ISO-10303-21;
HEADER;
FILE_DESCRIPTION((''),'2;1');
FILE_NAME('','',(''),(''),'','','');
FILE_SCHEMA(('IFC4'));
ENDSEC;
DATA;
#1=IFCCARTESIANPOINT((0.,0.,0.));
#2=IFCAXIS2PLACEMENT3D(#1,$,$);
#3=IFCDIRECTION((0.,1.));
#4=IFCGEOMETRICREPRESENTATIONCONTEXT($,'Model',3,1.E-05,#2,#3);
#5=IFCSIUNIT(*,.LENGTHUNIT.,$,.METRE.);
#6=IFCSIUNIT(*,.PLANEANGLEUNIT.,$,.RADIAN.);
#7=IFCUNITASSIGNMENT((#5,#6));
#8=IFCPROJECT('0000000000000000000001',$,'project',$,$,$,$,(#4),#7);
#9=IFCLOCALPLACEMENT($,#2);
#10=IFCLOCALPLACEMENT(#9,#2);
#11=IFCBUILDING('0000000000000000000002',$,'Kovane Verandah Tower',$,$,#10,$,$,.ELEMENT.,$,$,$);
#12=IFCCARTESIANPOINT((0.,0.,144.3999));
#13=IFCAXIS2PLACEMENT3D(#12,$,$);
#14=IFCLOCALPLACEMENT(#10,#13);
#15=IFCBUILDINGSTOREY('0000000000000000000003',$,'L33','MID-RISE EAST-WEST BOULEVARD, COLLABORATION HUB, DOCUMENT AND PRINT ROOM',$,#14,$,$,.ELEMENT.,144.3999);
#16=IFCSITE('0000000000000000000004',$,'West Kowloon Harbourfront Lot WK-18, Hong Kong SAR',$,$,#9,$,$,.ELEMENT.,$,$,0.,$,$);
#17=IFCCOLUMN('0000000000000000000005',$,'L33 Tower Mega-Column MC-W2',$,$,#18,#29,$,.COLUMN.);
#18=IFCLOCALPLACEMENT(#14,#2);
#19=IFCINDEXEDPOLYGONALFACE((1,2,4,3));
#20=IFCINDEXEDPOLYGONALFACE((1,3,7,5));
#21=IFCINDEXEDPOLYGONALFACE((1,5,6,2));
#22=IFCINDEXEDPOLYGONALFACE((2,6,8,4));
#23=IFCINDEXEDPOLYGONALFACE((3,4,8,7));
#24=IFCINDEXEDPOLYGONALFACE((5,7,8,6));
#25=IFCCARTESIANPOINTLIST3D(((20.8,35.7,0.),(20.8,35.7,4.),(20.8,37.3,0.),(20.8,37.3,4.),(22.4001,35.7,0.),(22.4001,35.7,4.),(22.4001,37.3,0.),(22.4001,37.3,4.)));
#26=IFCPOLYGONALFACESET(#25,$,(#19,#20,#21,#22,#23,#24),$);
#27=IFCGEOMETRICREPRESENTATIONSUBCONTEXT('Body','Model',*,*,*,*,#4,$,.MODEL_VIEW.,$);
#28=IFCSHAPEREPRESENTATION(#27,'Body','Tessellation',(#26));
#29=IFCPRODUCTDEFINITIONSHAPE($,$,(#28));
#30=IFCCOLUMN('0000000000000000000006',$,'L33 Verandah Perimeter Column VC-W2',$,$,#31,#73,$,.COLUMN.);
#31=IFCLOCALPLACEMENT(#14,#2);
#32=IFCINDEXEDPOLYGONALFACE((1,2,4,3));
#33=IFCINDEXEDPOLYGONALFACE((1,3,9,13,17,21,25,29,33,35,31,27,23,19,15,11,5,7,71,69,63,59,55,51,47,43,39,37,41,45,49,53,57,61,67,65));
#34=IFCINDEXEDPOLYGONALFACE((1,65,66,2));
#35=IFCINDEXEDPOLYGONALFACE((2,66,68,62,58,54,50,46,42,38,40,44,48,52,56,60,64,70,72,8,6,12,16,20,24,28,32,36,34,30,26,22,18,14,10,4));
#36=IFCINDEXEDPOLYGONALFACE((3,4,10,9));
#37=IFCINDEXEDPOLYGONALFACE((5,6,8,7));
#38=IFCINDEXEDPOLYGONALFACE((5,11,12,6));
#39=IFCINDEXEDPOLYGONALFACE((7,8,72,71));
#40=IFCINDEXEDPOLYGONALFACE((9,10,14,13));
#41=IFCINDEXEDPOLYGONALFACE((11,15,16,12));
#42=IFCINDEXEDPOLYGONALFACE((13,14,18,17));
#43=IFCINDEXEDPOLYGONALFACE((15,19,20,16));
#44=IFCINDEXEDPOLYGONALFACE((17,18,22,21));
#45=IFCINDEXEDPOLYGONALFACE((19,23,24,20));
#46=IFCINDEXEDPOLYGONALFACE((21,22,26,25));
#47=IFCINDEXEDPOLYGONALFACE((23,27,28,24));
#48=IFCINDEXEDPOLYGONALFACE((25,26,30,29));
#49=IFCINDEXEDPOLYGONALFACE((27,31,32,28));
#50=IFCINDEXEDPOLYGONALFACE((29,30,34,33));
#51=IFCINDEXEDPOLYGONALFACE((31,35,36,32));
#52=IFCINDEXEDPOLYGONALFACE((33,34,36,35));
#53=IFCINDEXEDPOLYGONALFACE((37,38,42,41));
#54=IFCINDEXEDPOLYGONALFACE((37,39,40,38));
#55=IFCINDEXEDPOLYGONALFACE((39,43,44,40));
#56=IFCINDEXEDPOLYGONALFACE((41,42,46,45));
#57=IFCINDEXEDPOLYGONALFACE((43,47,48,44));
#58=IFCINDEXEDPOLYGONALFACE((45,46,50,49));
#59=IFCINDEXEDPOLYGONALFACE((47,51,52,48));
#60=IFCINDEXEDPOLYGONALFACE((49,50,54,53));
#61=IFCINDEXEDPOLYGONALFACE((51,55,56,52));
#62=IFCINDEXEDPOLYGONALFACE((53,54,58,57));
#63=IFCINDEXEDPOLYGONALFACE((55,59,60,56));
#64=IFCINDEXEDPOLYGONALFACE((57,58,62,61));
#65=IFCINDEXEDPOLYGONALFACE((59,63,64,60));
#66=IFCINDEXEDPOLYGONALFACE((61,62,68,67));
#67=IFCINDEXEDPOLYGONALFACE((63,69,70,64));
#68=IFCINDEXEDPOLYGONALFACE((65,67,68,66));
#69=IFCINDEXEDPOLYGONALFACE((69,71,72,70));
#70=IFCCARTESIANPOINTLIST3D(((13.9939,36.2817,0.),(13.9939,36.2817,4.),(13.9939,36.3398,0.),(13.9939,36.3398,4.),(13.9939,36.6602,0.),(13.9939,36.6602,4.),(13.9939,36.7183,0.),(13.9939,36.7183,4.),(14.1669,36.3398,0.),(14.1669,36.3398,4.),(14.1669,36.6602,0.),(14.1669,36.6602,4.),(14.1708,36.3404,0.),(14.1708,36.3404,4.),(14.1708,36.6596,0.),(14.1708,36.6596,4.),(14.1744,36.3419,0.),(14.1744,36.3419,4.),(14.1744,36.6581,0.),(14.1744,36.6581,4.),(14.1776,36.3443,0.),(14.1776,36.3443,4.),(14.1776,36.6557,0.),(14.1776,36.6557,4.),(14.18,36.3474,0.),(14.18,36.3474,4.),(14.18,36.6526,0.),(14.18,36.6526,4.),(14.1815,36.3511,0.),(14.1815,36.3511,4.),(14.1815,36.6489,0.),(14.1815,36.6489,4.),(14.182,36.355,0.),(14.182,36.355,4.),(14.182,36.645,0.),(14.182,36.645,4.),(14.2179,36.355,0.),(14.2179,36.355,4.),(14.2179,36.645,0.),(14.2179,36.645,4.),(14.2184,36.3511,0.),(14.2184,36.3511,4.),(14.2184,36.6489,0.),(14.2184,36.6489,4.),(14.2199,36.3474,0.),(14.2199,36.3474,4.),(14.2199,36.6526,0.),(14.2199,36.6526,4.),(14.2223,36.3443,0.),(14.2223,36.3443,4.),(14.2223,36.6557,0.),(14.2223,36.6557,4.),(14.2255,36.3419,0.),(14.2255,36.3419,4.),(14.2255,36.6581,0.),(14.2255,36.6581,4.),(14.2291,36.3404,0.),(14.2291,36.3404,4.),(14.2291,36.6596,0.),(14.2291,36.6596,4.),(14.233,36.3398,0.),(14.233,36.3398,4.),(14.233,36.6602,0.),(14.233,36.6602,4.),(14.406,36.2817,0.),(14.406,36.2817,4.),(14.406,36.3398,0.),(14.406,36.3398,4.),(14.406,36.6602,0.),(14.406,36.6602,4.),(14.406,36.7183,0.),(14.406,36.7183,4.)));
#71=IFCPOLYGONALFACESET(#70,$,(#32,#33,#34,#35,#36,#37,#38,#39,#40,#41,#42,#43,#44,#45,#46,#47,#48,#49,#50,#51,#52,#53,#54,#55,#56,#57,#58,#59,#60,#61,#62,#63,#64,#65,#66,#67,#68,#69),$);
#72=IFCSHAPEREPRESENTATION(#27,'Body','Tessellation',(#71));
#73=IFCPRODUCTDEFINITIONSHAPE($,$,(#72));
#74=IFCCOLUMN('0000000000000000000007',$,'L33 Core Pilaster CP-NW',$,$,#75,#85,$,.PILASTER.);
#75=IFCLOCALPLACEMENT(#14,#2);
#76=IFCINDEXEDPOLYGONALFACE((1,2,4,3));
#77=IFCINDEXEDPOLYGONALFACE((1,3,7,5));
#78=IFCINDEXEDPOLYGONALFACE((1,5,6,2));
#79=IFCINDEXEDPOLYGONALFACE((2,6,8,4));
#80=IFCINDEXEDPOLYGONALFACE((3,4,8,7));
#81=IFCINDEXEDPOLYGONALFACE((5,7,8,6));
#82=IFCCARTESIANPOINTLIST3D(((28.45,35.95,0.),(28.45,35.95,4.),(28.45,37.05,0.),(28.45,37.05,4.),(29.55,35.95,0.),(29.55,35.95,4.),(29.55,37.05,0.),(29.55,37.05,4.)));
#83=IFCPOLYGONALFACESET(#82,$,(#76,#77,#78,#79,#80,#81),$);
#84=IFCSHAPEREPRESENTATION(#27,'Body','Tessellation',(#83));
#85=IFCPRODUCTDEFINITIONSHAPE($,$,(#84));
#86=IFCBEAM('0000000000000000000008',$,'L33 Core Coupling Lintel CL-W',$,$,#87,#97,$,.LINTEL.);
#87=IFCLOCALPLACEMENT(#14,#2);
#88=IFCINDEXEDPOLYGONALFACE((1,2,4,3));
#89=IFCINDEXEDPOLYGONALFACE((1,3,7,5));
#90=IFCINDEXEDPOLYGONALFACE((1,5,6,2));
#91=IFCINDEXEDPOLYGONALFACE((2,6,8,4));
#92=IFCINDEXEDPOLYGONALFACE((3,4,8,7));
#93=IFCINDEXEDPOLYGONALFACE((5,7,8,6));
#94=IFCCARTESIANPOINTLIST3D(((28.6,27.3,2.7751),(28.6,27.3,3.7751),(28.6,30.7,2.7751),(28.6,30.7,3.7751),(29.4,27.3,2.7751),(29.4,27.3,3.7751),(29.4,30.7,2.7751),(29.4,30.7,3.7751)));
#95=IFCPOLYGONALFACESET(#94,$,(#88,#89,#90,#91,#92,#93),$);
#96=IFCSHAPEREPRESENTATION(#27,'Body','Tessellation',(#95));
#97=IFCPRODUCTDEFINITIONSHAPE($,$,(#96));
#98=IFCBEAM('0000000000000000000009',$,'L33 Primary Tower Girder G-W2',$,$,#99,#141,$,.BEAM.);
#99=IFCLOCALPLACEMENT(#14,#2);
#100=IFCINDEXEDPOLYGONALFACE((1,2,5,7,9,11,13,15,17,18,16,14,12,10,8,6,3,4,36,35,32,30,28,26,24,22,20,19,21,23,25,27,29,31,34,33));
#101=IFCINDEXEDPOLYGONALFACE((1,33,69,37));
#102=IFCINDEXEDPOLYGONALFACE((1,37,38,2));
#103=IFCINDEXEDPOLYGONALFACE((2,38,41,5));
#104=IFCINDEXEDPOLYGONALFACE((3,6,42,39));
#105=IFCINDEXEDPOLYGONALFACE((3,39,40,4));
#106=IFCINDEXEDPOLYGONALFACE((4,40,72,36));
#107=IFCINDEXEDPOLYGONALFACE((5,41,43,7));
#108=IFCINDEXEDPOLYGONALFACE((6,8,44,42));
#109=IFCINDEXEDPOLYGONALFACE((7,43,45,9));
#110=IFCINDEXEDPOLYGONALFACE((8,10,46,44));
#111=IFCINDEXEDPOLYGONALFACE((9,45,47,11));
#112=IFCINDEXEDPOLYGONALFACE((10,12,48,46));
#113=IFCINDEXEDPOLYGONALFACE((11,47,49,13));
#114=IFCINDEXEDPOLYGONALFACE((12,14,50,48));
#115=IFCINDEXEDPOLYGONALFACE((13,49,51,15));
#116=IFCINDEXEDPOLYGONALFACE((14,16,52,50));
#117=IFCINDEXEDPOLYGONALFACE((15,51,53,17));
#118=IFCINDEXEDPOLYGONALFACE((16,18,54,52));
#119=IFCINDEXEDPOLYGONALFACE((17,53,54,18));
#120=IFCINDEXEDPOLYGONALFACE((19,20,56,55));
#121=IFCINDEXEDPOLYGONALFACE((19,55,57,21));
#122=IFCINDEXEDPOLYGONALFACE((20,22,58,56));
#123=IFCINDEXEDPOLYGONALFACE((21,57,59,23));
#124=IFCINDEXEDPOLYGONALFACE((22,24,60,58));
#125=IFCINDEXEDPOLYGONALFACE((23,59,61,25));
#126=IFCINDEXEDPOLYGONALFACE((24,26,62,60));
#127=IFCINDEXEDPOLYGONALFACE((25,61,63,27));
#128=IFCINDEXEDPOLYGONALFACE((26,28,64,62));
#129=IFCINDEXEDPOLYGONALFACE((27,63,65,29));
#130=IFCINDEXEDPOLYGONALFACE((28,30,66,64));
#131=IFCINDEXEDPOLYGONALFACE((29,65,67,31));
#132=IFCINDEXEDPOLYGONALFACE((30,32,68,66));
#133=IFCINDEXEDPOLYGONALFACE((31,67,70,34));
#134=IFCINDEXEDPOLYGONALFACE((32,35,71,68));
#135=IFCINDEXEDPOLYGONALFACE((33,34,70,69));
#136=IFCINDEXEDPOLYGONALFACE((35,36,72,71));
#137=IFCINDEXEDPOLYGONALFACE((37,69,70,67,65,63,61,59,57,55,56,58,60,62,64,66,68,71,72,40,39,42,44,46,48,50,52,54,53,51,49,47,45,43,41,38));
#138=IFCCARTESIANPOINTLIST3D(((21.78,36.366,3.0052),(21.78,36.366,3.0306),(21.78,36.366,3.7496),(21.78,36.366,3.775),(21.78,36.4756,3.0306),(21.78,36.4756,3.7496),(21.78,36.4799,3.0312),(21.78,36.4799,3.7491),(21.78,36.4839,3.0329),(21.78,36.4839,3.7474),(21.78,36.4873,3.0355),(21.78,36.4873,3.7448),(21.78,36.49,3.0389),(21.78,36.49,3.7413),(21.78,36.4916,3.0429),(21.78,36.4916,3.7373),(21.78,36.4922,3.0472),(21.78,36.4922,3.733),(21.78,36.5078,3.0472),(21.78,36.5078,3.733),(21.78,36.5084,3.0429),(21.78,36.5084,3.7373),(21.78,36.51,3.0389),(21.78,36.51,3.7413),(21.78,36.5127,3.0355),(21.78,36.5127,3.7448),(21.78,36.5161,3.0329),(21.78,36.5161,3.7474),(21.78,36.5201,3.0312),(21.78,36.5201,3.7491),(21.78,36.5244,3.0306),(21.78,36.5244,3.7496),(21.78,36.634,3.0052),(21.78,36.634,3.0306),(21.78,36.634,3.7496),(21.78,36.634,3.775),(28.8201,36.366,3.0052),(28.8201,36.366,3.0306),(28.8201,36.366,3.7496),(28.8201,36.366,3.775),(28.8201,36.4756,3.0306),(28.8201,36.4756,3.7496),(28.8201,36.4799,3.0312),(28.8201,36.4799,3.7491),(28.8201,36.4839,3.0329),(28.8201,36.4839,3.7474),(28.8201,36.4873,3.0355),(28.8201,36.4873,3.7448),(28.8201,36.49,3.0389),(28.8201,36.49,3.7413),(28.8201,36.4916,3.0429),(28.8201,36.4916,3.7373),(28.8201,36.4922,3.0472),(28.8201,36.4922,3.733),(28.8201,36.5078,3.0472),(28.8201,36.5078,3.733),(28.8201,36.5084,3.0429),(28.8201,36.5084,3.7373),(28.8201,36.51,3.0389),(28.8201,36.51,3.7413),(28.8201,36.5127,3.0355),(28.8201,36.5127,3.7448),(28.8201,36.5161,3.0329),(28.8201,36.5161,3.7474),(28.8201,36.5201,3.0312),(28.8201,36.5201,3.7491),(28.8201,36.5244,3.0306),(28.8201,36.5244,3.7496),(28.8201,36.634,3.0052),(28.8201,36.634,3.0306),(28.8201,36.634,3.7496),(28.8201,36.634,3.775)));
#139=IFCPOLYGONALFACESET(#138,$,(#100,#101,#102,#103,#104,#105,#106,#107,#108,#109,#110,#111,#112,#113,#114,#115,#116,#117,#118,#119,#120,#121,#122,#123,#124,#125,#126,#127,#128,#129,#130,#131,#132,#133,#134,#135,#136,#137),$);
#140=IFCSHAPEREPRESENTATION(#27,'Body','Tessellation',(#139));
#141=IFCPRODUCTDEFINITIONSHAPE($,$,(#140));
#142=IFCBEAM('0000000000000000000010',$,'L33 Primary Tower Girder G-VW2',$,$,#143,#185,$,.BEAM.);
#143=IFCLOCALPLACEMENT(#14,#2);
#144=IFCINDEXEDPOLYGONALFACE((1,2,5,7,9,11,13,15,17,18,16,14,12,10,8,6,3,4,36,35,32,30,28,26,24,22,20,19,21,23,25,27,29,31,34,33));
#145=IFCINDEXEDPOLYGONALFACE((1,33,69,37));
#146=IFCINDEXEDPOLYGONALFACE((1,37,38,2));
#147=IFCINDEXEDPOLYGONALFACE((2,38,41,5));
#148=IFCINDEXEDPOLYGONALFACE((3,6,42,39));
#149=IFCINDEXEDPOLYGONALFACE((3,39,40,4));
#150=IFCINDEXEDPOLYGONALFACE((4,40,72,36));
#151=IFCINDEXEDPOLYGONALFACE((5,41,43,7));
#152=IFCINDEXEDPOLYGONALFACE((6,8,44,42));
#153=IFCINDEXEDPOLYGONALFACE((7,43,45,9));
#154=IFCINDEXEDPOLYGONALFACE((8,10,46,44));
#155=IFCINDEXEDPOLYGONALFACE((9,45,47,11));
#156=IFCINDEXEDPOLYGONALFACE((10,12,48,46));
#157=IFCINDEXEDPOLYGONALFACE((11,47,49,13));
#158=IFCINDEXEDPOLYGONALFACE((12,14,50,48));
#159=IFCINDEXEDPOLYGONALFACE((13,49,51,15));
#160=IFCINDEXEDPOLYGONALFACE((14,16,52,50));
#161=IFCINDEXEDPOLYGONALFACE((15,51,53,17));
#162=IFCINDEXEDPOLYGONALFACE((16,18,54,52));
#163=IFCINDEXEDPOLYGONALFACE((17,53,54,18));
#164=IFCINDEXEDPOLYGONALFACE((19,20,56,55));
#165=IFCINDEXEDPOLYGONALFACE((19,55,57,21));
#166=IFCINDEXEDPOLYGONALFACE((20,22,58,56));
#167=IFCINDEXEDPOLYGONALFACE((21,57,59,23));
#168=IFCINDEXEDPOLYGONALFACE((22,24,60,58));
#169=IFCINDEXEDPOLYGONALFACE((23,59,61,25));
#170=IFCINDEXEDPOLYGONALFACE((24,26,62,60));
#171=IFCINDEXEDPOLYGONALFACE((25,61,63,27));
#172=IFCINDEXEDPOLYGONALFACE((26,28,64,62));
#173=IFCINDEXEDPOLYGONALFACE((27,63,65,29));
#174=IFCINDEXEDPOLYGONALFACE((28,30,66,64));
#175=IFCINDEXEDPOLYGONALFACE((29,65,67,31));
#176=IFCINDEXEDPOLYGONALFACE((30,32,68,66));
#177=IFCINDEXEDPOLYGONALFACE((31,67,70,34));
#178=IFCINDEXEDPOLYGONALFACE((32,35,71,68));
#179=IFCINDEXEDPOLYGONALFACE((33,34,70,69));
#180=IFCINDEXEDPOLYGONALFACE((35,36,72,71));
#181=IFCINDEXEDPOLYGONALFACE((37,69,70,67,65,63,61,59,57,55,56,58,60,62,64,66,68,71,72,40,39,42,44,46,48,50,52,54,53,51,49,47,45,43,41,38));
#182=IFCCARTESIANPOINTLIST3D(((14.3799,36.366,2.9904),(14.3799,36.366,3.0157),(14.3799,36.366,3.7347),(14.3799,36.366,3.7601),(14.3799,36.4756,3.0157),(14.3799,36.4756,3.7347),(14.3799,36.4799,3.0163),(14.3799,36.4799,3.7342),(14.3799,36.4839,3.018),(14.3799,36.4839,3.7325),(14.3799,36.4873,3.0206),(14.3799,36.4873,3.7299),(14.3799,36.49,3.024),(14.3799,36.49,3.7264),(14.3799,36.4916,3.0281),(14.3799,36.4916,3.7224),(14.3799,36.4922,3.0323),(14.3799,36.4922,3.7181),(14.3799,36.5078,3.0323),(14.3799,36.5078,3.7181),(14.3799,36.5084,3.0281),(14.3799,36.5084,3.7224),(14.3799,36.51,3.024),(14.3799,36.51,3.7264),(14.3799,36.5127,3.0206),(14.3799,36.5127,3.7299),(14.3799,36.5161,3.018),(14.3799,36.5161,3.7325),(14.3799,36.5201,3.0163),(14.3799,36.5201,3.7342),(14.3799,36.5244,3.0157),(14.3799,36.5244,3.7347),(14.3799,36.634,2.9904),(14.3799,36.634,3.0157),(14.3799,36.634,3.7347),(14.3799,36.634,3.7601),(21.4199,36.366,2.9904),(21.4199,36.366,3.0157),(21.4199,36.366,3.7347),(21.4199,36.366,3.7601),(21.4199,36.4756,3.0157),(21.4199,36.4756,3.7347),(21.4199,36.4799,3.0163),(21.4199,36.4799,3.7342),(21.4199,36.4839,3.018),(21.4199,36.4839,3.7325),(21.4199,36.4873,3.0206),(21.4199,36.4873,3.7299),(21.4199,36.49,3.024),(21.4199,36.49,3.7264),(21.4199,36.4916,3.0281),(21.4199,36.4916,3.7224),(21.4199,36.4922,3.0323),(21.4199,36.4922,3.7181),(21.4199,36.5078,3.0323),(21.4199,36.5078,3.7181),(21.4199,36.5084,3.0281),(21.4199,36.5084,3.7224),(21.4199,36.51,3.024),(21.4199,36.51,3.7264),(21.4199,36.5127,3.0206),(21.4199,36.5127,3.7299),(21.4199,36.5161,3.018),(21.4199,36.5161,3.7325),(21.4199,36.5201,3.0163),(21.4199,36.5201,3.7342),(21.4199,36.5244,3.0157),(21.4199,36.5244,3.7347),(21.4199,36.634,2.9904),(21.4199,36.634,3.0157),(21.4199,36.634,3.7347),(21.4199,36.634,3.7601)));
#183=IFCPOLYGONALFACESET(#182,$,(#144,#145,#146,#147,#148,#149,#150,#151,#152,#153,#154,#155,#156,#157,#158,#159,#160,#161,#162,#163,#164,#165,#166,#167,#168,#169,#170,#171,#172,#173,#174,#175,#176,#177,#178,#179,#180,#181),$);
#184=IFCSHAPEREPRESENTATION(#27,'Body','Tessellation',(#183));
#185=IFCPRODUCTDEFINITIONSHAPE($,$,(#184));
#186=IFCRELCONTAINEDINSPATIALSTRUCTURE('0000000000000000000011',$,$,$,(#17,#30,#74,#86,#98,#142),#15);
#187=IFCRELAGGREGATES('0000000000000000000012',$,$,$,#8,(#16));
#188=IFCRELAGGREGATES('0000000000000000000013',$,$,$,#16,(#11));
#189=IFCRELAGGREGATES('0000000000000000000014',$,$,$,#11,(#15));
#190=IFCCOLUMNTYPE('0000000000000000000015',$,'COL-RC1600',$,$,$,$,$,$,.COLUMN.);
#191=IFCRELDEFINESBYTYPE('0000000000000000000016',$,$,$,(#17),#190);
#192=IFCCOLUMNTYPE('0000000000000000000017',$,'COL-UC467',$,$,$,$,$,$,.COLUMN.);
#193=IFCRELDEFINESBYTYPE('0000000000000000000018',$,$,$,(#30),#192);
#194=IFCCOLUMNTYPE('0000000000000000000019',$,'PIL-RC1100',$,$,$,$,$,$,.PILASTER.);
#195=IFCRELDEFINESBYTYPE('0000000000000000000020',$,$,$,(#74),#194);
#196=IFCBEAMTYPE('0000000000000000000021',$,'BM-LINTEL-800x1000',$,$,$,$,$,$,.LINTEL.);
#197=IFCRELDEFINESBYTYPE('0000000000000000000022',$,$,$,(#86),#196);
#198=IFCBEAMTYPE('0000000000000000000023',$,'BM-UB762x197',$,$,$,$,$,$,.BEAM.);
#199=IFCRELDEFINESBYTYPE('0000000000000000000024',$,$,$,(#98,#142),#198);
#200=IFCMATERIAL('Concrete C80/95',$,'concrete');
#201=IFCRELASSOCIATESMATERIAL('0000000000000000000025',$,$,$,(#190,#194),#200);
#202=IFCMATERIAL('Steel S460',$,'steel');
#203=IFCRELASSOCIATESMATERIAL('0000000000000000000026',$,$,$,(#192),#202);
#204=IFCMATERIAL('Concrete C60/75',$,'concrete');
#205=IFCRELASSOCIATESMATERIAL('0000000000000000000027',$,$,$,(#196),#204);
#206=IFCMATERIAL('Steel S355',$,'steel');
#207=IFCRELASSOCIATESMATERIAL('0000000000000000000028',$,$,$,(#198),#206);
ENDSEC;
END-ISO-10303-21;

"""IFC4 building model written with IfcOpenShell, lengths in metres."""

from ifc_helpers import new_model, si_unit, direction, frame, origin, origin_2d, place, context, subcontext, project, spatial, rectangle, i_section, extrude, material, material_profile, profile_set, type_object, element, save


model = new_model("IFC4")

# Units and contexts
model_context = context("Model", 3, precision=1e-05, world=origin(), true_north=direction((0.0, 1.0)))
body_context = subcontext(model_context, "Body", "Model", "MODEL_VIEW")
ifc_project = project(units=[si_unit("LENGTHUNIT", "METRE"), si_unit("PLANEANGLEUNIT", "RADIAN")], contexts=[model_context])

# Site, building, storey
site_placement = place(None, origin())
site = spatial("IfcSite", under=ifc_project, at=site_placement, Name="West Kowloon Harbourfront Lot WK-18, Hong Kong SAR", CompositionType="ELEMENT", RefElevation=0.0)
building_placement = place(site_placement, origin())
building = spatial("IfcBuilding", under=site, at=building_placement, Name="Kovane Verandah Tower", CompositionType="ELEMENT")
storey_placement = place(building_placement, frame((0.0, 0.0, 144.3999)))
storey = spatial("IfcBuildingStorey", under=building, at=storey_placement, Name="L33", Description="MID-RISE EAST-WEST BOULEVARD, COLLABORATION HUB, DOCUMENT AND PRINT ROOM", CompositionType="ELEMENT", Elevation=144.3999)

# Columns
ifc_material_1 = material(Name="Concrete C80/95", Category="concrete")
ifc_material_profile_1 = material_profile(ifc_material_1, rectangle(XDim=1.6001, YDim=1.6001, at=origin_2d()), Name="RC1600x1600")
ifc_profile_set_1 = profile_set([ifc_material_profile_1], Name="Concrete C80/95")
column_type_1 = type_object("IfcColumnType", Name="COL-RC1600", PredefinedType="COLUMN", material=ifc_profile_set_1)
column_1_placement = place(storey_placement, frame((21.6001, 36.5, 0.0), z_axis=(0.0, 0.0, 1.0), x_axis=(1.0, 0.0, 0.0)))
element("IfcColumn", 1, at=column_1_placement, inside=storey, type_object=column_type_1, Name="L33 Tower Mega-Column MC-W2", PredefinedType="COLUMN", context=body_context, shape_type="SweptSolid", body=[
    extrude(rectangle(XDim=1.6001, YDim=1.6001, at=origin_2d()), origin(), (0.0, 0.0, 1.0), 4.0),
])
ifc_material_2 = material(Name="Steel S460", Category="steel")
ifc_material_profile_2 = material_profile(ifc_material_2, i_section(OverallWidth=0.4121, OverallDepth=0.4365, WebThickness=0.0359, FlangeThickness=0.0581, FilletRadius=0.0151, at=origin_2d()), Name="UC356x406x467")
ifc_profile_set_2 = profile_set([ifc_material_profile_2], Name="Steel S460")
column_type_2 = type_object("IfcColumnType", Name="COL-UC467", PredefinedType="COLUMN", material=ifc_profile_set_2)
column_2_placement = place(storey_placement, frame((14.2, 36.5, 0.0), z_axis=(0.0, 0.0, 1.0), x_axis=(1.0, 0.0, 0.0)))
element("IfcColumn", 2, at=column_2_placement, inside=storey, type_object=column_type_2, Name="L33 Verandah Perimeter Column VC-W2", PredefinedType="COLUMN", context=body_context, shape_type="SweptSolid", body=[
    extrude(i_section(OverallWidth=0.4121, OverallDepth=0.4365, WebThickness=0.0359, FlangeThickness=0.0581, FilletRadius=0.0151, at=origin_2d()), origin(), (0.0, 0.0, 1.0), 4.0),
])
ifc_material_profile_3 = material_profile(ifc_material_1, rectangle(XDim=1.1001, YDim=1.1001, at=origin_2d()), Name="RC1100x1100")
ifc_profile_set_3 = profile_set([ifc_material_profile_3], Name="Concrete C80/95")
column_type_3 = type_object("IfcColumnType", Name="PIL-RC1100", PredefinedType="PILASTER", material=ifc_profile_set_3)
column_3_placement = place(storey_placement, frame((29.0, 36.5, 0.0), z_axis=(0.0, 0.0, 1.0), x_axis=(1.0, 0.0, 0.0)))
element("IfcColumn", 3, at=column_3_placement, inside=storey, type_object=column_type_3, Name="L33 Core Pilaster CP-NW", PredefinedType="PILASTER", context=body_context, shape_type="SweptSolid", body=[
    extrude(rectangle(XDim=1.1001, YDim=1.1001, at=origin_2d()), origin(), (0.0, 0.0, 1.0), 4.0),
])

# Beams
ifc_material_3 = material(Name="Concrete C60/75", Category="concrete")
ifc_material_profile_4 = material_profile(ifc_material_3, rectangle(XDim=0.8, YDim=1.0, at=origin_2d()), Name="RCB800x1000")
ifc_profile_set_4 = profile_set([ifc_material_profile_4], Name="Concrete C60/75")
beam_type_1 = type_object("IfcBeamType", Name="BM-LINTEL-800x1000", PredefinedType="LINTEL", material=ifc_profile_set_4)
beam_1_placement = place(storey_placement, frame((29.0, 27.3, 3.2751), z_axis=(0.0, 1.0, 0.0), x_axis=(-1.0, 0.0, 0.0)))
element("IfcBeam", 4, at=beam_1_placement, inside=storey, type_object=beam_type_1, Name="L33 Core Coupling Lintel CL-W", PredefinedType="LINTEL", context=body_context, shape_type="SweptSolid", body=[
    extrude(rectangle(XDim=0.8, YDim=1.0, at=origin_2d()), origin(), (0.0, 0.0, 1.0), 3.3999),
])
ifc_material_4 = material(Name="Steel S355", Category="steel")
ifc_material_profile_5 = material_profile(ifc_material_4, i_section(OverallWidth=0.2681, OverallDepth=0.7698, WebThickness=0.0156, FlangeThickness=0.0254, FilletRadius=0.0166, at=origin_2d()), Name="UB762x267x197")
ifc_profile_set_5 = profile_set([ifc_material_profile_5], Name="Steel S355")
beam_type_2 = type_object("IfcBeamType", Name="BM-UB762x197", PredefinedType="BEAM", material=ifc_profile_set_5)
for number, where, z_axis, x_axis, name in (
    (5, (28.8201, 36.5, 3.3901), (-1.0, 0.0, 0.0), (0.0, -1.0, 0.0), "L33 Primary Tower Girder G-W2"),
    (6, (21.4199, 36.5, 3.3752), (-1.0, 0.0, 0.0), (0.0, -1.0, 0.0), "L33 Primary Tower Girder G-VW2"),
):
    element("IfcBeam", number, at=place(storey_placement, frame(where, z_axis=z_axis, x_axis=x_axis)), inside=storey, type_object=beam_type_2, Name=name, PredefinedType="BEAM", context=body_context, shape_type="SweptSolid", body=[
        extrude(i_section(OverallWidth=0.2681, OverallDepth=0.7698, WebThickness=0.0156, FlangeThickness=0.0254, FilletRadius=0.0166, at=origin_2d()), origin(), (0.0, 0.0, 1.0), 7.04),
    ])

save(model, "model.ifc")
